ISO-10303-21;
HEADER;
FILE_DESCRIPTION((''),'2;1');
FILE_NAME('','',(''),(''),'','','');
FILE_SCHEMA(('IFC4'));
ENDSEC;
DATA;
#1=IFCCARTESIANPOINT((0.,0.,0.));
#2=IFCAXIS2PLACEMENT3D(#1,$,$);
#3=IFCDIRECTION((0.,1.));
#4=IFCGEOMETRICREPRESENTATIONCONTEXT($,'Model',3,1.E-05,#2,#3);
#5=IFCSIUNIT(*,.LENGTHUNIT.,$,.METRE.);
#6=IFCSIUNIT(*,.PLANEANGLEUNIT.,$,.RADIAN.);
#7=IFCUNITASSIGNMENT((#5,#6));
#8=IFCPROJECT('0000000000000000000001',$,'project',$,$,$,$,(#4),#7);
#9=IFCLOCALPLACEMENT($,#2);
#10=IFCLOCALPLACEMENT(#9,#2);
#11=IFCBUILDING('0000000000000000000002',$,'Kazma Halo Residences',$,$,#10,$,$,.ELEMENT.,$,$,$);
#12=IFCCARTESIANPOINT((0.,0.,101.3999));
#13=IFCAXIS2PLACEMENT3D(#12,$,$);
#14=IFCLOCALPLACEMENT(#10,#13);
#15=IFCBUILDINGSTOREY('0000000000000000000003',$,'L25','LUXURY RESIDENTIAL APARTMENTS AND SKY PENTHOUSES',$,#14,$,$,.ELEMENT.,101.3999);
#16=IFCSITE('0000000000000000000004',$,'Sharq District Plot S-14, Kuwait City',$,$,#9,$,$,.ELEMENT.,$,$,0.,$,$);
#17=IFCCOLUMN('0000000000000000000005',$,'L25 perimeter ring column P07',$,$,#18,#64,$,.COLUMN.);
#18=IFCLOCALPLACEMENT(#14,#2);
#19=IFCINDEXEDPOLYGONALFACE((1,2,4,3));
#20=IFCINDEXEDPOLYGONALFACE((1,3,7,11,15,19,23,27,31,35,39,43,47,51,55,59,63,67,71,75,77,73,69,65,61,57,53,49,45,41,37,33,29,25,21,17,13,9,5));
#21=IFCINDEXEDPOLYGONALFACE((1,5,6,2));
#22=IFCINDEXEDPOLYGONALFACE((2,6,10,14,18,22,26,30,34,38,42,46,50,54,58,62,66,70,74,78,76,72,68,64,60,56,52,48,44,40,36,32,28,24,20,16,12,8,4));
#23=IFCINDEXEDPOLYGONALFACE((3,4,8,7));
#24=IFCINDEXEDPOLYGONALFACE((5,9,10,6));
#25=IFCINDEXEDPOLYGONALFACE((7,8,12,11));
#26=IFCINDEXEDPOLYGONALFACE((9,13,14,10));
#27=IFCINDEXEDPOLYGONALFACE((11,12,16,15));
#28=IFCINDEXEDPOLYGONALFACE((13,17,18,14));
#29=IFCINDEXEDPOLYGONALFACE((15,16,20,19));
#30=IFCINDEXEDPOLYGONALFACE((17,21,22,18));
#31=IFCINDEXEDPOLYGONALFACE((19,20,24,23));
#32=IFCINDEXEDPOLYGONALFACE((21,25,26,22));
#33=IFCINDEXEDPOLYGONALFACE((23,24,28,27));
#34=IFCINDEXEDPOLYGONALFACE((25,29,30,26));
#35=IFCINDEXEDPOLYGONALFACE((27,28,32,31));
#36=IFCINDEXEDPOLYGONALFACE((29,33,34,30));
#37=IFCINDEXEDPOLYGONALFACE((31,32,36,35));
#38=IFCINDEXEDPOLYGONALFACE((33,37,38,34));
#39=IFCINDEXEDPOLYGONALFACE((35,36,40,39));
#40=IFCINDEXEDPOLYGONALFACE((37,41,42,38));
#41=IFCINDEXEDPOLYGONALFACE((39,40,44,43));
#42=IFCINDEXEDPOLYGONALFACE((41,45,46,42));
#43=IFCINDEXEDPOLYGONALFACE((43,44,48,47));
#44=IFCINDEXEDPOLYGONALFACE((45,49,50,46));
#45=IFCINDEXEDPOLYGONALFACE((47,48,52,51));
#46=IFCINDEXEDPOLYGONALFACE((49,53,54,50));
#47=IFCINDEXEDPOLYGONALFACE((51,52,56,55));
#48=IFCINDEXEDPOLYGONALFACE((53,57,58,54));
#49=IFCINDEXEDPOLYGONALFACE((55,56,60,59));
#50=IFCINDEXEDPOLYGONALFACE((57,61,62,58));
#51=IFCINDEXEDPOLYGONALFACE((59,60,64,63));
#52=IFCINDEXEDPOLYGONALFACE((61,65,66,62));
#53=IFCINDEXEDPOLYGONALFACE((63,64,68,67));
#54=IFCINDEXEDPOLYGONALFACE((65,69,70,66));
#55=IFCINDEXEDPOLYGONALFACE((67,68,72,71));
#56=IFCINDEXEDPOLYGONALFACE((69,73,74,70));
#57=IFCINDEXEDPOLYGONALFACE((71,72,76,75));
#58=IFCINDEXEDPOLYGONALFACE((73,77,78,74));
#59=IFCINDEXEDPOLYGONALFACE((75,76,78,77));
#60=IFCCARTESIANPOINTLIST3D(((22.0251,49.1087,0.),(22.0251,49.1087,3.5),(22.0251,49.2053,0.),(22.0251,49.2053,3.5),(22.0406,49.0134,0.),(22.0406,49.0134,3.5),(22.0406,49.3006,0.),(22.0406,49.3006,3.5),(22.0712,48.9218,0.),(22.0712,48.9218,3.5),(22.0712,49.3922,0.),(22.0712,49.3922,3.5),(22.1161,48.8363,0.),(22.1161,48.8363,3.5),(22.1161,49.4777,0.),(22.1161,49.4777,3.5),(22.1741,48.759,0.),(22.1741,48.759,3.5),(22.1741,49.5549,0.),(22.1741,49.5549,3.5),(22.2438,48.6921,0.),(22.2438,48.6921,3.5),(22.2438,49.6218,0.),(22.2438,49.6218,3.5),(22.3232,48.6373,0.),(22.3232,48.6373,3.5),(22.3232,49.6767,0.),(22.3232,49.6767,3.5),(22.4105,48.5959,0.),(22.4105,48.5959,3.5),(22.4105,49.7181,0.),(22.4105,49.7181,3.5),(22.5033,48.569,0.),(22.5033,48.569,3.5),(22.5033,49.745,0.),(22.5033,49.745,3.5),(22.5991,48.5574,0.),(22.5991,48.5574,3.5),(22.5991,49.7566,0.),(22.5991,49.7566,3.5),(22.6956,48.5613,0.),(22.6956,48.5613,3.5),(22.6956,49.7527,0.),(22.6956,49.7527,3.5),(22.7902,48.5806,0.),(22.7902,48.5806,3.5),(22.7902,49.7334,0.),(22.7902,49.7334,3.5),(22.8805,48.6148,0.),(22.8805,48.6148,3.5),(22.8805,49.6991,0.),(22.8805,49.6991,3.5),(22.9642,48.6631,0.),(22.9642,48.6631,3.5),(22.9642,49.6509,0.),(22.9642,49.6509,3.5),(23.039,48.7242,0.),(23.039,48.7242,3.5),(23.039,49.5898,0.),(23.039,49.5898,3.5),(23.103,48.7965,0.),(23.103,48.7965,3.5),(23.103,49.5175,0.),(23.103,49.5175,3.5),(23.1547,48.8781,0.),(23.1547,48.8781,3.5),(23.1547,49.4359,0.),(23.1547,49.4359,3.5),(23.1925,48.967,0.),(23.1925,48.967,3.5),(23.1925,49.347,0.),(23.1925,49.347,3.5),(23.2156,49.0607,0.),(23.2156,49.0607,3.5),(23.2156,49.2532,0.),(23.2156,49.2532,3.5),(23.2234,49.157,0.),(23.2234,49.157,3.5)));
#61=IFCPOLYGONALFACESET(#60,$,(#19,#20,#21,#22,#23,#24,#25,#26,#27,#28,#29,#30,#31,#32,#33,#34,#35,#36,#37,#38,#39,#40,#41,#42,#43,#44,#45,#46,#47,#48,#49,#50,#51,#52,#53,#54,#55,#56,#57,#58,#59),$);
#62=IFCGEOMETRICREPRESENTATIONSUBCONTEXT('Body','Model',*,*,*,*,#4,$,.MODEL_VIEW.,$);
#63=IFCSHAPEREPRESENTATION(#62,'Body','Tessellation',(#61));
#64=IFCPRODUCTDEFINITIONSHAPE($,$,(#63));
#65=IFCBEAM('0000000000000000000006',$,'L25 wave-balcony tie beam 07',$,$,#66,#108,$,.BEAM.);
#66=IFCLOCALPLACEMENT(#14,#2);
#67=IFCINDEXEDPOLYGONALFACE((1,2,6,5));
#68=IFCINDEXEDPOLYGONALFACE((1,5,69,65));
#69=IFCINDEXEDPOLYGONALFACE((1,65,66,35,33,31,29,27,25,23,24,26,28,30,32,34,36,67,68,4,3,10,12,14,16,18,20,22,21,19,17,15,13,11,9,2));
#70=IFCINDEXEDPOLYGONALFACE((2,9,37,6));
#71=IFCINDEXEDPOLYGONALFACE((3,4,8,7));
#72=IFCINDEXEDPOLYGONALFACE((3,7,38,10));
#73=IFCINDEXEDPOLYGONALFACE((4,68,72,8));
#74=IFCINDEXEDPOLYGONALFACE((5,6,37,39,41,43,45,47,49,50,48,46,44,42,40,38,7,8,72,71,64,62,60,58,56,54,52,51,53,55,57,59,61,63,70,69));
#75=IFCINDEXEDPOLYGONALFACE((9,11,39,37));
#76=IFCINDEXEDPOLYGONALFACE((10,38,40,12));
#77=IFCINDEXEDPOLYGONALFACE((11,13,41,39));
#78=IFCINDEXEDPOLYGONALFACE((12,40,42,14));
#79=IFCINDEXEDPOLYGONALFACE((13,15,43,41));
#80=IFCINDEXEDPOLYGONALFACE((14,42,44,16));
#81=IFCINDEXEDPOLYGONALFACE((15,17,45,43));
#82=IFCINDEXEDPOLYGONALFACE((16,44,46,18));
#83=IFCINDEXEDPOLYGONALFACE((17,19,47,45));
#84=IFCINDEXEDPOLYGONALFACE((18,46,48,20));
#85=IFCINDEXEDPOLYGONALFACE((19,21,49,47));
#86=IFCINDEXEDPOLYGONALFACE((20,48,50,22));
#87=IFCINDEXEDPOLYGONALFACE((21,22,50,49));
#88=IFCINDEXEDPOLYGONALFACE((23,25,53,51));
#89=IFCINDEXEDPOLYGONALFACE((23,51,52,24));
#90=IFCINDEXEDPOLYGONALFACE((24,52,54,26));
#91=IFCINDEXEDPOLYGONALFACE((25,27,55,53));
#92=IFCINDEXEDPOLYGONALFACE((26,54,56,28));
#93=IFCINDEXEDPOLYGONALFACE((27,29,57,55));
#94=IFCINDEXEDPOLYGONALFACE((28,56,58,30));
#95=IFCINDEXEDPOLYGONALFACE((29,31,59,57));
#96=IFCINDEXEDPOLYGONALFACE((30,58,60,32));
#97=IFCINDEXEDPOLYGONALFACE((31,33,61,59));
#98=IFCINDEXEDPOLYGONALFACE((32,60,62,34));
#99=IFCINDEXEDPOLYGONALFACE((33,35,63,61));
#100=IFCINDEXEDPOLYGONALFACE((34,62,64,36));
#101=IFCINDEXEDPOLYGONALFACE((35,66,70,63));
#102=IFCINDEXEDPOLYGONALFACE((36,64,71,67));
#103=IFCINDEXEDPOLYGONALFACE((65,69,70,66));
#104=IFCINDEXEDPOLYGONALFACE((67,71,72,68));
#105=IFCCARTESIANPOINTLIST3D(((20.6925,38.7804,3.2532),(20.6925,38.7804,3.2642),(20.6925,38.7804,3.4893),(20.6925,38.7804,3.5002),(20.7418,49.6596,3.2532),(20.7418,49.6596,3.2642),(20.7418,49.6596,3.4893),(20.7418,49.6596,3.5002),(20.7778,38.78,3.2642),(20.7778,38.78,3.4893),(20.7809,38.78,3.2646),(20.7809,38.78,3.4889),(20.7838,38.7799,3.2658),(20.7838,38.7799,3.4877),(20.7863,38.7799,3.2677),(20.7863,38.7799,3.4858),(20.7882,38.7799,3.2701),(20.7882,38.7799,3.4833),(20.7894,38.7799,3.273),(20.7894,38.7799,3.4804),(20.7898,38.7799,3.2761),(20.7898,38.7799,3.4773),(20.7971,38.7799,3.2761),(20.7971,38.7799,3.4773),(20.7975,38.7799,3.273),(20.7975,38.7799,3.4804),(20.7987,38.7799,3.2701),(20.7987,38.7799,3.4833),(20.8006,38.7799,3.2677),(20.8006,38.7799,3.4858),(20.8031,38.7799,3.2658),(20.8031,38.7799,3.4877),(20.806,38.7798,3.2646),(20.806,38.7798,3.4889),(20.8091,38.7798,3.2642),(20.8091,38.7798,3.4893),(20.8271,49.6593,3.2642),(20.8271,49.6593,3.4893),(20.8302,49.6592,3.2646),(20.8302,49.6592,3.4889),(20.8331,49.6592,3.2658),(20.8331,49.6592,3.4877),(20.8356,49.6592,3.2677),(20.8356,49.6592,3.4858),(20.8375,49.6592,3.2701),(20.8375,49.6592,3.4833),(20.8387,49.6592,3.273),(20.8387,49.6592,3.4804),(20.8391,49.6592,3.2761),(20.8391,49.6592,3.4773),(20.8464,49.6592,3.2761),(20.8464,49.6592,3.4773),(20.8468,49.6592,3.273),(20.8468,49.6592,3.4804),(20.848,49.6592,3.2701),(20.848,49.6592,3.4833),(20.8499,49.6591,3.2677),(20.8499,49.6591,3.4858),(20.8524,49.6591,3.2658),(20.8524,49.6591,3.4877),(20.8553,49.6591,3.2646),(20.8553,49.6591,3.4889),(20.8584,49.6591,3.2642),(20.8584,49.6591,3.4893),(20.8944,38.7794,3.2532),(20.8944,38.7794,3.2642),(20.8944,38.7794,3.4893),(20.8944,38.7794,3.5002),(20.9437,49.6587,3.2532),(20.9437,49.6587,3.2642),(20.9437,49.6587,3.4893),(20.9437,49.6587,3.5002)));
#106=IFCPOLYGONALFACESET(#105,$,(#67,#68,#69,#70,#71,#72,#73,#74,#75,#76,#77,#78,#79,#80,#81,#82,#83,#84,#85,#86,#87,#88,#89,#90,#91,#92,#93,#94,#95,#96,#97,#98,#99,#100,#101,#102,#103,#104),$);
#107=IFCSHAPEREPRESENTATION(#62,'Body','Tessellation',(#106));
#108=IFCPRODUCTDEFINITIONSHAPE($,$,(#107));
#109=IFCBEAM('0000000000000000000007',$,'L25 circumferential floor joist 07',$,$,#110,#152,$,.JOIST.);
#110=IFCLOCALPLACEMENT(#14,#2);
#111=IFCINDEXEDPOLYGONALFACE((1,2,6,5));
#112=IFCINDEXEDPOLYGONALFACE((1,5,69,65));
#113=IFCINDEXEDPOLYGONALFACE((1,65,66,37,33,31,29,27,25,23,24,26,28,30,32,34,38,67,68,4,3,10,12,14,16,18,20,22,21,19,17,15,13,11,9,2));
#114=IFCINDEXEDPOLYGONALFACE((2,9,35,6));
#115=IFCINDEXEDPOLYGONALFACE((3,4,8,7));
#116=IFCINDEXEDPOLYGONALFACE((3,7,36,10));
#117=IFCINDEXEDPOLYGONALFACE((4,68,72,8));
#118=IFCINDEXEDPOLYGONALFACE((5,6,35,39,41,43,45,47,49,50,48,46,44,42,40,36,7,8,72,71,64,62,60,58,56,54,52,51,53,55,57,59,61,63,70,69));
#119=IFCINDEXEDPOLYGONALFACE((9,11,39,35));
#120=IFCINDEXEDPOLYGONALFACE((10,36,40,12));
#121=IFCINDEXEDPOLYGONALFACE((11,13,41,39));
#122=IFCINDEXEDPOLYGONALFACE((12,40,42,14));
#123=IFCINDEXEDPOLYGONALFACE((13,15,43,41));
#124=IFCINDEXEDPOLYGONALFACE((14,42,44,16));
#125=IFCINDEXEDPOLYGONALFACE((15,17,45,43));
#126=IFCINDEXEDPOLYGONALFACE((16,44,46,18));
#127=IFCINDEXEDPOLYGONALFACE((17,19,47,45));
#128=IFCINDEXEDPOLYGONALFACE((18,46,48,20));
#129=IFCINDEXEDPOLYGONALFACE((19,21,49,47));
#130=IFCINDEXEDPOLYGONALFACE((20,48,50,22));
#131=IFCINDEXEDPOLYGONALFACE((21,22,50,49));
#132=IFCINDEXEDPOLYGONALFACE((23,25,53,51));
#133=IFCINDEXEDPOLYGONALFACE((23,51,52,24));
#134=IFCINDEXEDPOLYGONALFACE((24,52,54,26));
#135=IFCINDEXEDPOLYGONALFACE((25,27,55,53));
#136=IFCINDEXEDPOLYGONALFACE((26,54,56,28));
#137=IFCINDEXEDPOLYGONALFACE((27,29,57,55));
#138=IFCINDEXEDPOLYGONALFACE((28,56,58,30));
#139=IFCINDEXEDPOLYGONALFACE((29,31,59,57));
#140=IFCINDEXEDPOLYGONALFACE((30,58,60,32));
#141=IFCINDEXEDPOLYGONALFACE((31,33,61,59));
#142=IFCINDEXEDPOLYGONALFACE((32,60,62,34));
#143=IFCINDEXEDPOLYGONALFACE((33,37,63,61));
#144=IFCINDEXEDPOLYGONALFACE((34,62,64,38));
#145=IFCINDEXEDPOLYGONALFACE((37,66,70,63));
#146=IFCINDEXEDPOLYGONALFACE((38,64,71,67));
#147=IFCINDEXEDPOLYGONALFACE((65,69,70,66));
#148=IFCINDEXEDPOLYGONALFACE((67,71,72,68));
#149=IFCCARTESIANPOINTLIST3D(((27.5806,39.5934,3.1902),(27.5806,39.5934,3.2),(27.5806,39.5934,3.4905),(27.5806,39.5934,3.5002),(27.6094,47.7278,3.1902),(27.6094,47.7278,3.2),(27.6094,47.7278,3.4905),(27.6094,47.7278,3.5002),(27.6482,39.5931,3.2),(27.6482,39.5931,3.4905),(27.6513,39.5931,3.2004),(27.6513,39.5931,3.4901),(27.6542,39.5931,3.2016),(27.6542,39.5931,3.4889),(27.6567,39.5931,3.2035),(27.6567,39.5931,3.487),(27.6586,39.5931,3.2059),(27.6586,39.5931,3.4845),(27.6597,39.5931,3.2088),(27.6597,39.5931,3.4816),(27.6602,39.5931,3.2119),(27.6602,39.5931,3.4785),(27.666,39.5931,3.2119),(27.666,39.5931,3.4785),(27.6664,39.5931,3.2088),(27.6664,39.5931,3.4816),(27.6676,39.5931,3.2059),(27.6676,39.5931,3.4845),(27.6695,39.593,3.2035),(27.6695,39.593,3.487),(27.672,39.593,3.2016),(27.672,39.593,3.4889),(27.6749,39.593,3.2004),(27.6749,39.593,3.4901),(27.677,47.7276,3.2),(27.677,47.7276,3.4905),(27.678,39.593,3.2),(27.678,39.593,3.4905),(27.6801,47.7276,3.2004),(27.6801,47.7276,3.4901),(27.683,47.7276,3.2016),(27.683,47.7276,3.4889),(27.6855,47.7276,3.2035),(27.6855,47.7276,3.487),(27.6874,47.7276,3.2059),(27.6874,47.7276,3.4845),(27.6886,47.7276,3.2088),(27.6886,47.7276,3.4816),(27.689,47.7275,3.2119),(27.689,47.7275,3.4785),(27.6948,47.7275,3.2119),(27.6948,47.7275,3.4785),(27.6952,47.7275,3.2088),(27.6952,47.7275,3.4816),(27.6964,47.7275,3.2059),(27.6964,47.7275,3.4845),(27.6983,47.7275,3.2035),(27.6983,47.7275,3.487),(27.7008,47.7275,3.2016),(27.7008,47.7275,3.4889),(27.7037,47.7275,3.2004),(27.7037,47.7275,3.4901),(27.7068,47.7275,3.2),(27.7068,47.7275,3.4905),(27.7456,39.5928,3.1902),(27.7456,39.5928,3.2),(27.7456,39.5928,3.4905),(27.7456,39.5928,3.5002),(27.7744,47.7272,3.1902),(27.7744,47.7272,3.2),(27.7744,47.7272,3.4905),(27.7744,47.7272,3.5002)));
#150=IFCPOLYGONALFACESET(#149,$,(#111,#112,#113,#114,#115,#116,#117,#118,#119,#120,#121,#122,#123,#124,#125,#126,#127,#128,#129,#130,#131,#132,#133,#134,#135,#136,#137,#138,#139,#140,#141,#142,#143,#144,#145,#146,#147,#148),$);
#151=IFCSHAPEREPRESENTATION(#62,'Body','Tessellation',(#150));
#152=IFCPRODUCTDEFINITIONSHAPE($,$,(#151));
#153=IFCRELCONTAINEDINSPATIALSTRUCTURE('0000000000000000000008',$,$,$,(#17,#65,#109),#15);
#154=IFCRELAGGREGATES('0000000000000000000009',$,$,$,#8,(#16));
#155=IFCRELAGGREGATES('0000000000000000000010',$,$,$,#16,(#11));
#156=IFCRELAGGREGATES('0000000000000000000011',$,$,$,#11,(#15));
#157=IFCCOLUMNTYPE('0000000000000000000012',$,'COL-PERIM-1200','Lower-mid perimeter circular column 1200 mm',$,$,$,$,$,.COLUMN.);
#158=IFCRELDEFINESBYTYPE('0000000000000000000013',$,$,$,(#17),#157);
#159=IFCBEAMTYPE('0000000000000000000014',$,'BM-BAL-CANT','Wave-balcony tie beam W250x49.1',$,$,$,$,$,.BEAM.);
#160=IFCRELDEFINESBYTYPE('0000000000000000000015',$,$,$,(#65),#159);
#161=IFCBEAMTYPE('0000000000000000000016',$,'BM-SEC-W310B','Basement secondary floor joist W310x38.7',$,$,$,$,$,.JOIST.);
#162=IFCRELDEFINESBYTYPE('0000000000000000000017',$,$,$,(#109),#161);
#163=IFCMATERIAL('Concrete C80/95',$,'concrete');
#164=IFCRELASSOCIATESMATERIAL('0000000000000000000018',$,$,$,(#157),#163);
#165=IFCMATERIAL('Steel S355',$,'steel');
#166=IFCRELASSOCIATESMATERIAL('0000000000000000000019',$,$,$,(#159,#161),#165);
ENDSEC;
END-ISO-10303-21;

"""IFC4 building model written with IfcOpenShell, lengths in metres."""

from ifc_helpers import new_model, si_unit, direction, frame, origin, origin_2d, place, context, subcontext, project, spatial, circle, i_section, extrude, material, material_profile, profile_set, type_object, element, save


model = new_model("IFC4")

# Units and contexts
model_context = context("Model", 3, precision=1e-05, world=origin(), true_north=direction((0.0, 1.0)))
body_context = subcontext(model_context, "Body", "Model", "MODEL_VIEW")
ifc_project = project(units=[si_unit("LENGTHUNIT", "METRE"), si_unit("PLANEANGLEUNIT", "RADIAN")], contexts=[model_context])

# Site, building, storey
site_placement = place(None, origin())
site = spatial("IfcSite", under=ifc_project, at=site_placement, Name="Sharq District Plot S-14, Kuwait City", CompositionType="ELEMENT", RefElevation=0.0)
building_placement = place(site_placement, origin())
building = spatial("IfcBuilding", under=site, at=building_placement, Name="Kazma Halo Residences", CompositionType="ELEMENT")
storey_placement = place(building_placement, frame((0.0, 0.0, 101.3999)))
storey = spatial("IfcBuildingStorey", under=building, at=storey_placement, Name="L25", Description="LUXURY RESIDENTIAL APARTMENTS AND SKY PENTHOUSES", CompositionType="ELEMENT", Elevation=101.3999)

# Column
ifc_material_1 = material(Name="Concrete C80/95", Category="concrete")
ifc_material_profile_1 = material_profile(ifc_material_1, circle(Radius=0.6001, at=origin_2d()), Name="CIRC1200")
ifc_profile_set_1 = profile_set([ifc_material_profile_1], Name="Concrete C80/95")
column_type = type_object("IfcColumnType", Name="COL-PERIM-1200", Description="Lower-mid perimeter circular column 1200 mm", PredefinedType="COLUMN", material=ifc_profile_set_1)
column_placement = place(storey_placement, frame((22.6233, 49.157, 0.0), z_axis=(0.0, 0.0, 1.0), x_axis=(1.0, 0.0, 0.0)))
element("IfcColumn", 1, at=column_placement, inside=storey, type_object=column_type, Name="L25 perimeter ring column P07", PredefinedType="COLUMN", context=body_context, shape_type="SweptSolid", body=[
    extrude(circle(Radius=0.6001, at=origin_2d()), origin(), (0.0, 0.0, 1.0), 3.5),
])

# Beams
ifc_material_2 = material(Name="Steel S355", Category="steel")
ifc_material_profile_2 = material_profile(ifc_material_2, i_section(OverallWidth=0.2019, OverallDepth=0.2471, WebThickness=0.0073, FlangeThickness=0.011, FilletRadius=0.012, at=origin_2d()), Name="W250x49.1")
ifc_profile_set_2 = profile_set([ifc_material_profile_2], Name="Steel S355")
beam_type_1 = type_object("IfcBeamType", Name="BM-BAL-CANT", Description="Wave-balcony tie beam W250x49.1", PredefinedType="BEAM", material=ifc_profile_set_2)
beam_1_placement = place(storey_placement, frame((20.8428, 49.6592, 3.3767), z_axis=(-0.004533, -0.99999, 0.0), x_axis=(0.99999, -0.004533, 0.0)))
element("IfcBeam", 2, at=beam_1_placement, inside=storey, type_object=beam_type_1, Name="L25 wave-balcony tie beam 07", PredefinedType="BEAM", context=body_context, shape_type="SweptSolid", body=[
    extrude(i_section(OverallWidth=0.2019, OverallDepth=0.2471, WebThickness=0.0073, FlangeThickness=0.011, FilletRadius=0.012, at=origin_2d()), origin(), (0.0, 0.0, 1.0), 10.8794),
])
ifc_material_profile_3 = material_profile(ifc_material_2, i_section(OverallWidth=0.165, OverallDepth=0.3101, WebThickness=0.0059, FlangeThickness=0.0098, FilletRadius=0.012, at=origin_2d()), Name="W310x38.7")
ifc_profile_set_3 = profile_set([ifc_material_profile_3], Name="Steel S355")
beam_type_2 = type_object("IfcBeamType", Name="BM-SEC-W310B", Description="Basement secondary floor joist W310x38.7", PredefinedType="JOIST", material=ifc_profile_set_3)
beam_2_placement = place(storey_placement, frame((27.6919, 47.7275, 3.3452), z_axis=(-0.003542, -0.999994, 0.0), x_axis=(0.999994, -0.003542, 0.0)))
element("IfcBeam", 3, at=beam_2_placement, inside=storey, type_object=beam_type_2, Name="L25 circumferential floor joist 07", PredefinedType="JOIST", context=body_context, shape_type="SweptSolid", body=[
    extrude(i_section(OverallWidth=0.165, OverallDepth=0.3101, WebThickness=0.0059, FlangeThickness=0.0098, FilletRadius=0.012, at=origin_2d()), origin(), (0.0, 0.0, 1.0), 8.1345),
])

save(model, "model.ifc")
